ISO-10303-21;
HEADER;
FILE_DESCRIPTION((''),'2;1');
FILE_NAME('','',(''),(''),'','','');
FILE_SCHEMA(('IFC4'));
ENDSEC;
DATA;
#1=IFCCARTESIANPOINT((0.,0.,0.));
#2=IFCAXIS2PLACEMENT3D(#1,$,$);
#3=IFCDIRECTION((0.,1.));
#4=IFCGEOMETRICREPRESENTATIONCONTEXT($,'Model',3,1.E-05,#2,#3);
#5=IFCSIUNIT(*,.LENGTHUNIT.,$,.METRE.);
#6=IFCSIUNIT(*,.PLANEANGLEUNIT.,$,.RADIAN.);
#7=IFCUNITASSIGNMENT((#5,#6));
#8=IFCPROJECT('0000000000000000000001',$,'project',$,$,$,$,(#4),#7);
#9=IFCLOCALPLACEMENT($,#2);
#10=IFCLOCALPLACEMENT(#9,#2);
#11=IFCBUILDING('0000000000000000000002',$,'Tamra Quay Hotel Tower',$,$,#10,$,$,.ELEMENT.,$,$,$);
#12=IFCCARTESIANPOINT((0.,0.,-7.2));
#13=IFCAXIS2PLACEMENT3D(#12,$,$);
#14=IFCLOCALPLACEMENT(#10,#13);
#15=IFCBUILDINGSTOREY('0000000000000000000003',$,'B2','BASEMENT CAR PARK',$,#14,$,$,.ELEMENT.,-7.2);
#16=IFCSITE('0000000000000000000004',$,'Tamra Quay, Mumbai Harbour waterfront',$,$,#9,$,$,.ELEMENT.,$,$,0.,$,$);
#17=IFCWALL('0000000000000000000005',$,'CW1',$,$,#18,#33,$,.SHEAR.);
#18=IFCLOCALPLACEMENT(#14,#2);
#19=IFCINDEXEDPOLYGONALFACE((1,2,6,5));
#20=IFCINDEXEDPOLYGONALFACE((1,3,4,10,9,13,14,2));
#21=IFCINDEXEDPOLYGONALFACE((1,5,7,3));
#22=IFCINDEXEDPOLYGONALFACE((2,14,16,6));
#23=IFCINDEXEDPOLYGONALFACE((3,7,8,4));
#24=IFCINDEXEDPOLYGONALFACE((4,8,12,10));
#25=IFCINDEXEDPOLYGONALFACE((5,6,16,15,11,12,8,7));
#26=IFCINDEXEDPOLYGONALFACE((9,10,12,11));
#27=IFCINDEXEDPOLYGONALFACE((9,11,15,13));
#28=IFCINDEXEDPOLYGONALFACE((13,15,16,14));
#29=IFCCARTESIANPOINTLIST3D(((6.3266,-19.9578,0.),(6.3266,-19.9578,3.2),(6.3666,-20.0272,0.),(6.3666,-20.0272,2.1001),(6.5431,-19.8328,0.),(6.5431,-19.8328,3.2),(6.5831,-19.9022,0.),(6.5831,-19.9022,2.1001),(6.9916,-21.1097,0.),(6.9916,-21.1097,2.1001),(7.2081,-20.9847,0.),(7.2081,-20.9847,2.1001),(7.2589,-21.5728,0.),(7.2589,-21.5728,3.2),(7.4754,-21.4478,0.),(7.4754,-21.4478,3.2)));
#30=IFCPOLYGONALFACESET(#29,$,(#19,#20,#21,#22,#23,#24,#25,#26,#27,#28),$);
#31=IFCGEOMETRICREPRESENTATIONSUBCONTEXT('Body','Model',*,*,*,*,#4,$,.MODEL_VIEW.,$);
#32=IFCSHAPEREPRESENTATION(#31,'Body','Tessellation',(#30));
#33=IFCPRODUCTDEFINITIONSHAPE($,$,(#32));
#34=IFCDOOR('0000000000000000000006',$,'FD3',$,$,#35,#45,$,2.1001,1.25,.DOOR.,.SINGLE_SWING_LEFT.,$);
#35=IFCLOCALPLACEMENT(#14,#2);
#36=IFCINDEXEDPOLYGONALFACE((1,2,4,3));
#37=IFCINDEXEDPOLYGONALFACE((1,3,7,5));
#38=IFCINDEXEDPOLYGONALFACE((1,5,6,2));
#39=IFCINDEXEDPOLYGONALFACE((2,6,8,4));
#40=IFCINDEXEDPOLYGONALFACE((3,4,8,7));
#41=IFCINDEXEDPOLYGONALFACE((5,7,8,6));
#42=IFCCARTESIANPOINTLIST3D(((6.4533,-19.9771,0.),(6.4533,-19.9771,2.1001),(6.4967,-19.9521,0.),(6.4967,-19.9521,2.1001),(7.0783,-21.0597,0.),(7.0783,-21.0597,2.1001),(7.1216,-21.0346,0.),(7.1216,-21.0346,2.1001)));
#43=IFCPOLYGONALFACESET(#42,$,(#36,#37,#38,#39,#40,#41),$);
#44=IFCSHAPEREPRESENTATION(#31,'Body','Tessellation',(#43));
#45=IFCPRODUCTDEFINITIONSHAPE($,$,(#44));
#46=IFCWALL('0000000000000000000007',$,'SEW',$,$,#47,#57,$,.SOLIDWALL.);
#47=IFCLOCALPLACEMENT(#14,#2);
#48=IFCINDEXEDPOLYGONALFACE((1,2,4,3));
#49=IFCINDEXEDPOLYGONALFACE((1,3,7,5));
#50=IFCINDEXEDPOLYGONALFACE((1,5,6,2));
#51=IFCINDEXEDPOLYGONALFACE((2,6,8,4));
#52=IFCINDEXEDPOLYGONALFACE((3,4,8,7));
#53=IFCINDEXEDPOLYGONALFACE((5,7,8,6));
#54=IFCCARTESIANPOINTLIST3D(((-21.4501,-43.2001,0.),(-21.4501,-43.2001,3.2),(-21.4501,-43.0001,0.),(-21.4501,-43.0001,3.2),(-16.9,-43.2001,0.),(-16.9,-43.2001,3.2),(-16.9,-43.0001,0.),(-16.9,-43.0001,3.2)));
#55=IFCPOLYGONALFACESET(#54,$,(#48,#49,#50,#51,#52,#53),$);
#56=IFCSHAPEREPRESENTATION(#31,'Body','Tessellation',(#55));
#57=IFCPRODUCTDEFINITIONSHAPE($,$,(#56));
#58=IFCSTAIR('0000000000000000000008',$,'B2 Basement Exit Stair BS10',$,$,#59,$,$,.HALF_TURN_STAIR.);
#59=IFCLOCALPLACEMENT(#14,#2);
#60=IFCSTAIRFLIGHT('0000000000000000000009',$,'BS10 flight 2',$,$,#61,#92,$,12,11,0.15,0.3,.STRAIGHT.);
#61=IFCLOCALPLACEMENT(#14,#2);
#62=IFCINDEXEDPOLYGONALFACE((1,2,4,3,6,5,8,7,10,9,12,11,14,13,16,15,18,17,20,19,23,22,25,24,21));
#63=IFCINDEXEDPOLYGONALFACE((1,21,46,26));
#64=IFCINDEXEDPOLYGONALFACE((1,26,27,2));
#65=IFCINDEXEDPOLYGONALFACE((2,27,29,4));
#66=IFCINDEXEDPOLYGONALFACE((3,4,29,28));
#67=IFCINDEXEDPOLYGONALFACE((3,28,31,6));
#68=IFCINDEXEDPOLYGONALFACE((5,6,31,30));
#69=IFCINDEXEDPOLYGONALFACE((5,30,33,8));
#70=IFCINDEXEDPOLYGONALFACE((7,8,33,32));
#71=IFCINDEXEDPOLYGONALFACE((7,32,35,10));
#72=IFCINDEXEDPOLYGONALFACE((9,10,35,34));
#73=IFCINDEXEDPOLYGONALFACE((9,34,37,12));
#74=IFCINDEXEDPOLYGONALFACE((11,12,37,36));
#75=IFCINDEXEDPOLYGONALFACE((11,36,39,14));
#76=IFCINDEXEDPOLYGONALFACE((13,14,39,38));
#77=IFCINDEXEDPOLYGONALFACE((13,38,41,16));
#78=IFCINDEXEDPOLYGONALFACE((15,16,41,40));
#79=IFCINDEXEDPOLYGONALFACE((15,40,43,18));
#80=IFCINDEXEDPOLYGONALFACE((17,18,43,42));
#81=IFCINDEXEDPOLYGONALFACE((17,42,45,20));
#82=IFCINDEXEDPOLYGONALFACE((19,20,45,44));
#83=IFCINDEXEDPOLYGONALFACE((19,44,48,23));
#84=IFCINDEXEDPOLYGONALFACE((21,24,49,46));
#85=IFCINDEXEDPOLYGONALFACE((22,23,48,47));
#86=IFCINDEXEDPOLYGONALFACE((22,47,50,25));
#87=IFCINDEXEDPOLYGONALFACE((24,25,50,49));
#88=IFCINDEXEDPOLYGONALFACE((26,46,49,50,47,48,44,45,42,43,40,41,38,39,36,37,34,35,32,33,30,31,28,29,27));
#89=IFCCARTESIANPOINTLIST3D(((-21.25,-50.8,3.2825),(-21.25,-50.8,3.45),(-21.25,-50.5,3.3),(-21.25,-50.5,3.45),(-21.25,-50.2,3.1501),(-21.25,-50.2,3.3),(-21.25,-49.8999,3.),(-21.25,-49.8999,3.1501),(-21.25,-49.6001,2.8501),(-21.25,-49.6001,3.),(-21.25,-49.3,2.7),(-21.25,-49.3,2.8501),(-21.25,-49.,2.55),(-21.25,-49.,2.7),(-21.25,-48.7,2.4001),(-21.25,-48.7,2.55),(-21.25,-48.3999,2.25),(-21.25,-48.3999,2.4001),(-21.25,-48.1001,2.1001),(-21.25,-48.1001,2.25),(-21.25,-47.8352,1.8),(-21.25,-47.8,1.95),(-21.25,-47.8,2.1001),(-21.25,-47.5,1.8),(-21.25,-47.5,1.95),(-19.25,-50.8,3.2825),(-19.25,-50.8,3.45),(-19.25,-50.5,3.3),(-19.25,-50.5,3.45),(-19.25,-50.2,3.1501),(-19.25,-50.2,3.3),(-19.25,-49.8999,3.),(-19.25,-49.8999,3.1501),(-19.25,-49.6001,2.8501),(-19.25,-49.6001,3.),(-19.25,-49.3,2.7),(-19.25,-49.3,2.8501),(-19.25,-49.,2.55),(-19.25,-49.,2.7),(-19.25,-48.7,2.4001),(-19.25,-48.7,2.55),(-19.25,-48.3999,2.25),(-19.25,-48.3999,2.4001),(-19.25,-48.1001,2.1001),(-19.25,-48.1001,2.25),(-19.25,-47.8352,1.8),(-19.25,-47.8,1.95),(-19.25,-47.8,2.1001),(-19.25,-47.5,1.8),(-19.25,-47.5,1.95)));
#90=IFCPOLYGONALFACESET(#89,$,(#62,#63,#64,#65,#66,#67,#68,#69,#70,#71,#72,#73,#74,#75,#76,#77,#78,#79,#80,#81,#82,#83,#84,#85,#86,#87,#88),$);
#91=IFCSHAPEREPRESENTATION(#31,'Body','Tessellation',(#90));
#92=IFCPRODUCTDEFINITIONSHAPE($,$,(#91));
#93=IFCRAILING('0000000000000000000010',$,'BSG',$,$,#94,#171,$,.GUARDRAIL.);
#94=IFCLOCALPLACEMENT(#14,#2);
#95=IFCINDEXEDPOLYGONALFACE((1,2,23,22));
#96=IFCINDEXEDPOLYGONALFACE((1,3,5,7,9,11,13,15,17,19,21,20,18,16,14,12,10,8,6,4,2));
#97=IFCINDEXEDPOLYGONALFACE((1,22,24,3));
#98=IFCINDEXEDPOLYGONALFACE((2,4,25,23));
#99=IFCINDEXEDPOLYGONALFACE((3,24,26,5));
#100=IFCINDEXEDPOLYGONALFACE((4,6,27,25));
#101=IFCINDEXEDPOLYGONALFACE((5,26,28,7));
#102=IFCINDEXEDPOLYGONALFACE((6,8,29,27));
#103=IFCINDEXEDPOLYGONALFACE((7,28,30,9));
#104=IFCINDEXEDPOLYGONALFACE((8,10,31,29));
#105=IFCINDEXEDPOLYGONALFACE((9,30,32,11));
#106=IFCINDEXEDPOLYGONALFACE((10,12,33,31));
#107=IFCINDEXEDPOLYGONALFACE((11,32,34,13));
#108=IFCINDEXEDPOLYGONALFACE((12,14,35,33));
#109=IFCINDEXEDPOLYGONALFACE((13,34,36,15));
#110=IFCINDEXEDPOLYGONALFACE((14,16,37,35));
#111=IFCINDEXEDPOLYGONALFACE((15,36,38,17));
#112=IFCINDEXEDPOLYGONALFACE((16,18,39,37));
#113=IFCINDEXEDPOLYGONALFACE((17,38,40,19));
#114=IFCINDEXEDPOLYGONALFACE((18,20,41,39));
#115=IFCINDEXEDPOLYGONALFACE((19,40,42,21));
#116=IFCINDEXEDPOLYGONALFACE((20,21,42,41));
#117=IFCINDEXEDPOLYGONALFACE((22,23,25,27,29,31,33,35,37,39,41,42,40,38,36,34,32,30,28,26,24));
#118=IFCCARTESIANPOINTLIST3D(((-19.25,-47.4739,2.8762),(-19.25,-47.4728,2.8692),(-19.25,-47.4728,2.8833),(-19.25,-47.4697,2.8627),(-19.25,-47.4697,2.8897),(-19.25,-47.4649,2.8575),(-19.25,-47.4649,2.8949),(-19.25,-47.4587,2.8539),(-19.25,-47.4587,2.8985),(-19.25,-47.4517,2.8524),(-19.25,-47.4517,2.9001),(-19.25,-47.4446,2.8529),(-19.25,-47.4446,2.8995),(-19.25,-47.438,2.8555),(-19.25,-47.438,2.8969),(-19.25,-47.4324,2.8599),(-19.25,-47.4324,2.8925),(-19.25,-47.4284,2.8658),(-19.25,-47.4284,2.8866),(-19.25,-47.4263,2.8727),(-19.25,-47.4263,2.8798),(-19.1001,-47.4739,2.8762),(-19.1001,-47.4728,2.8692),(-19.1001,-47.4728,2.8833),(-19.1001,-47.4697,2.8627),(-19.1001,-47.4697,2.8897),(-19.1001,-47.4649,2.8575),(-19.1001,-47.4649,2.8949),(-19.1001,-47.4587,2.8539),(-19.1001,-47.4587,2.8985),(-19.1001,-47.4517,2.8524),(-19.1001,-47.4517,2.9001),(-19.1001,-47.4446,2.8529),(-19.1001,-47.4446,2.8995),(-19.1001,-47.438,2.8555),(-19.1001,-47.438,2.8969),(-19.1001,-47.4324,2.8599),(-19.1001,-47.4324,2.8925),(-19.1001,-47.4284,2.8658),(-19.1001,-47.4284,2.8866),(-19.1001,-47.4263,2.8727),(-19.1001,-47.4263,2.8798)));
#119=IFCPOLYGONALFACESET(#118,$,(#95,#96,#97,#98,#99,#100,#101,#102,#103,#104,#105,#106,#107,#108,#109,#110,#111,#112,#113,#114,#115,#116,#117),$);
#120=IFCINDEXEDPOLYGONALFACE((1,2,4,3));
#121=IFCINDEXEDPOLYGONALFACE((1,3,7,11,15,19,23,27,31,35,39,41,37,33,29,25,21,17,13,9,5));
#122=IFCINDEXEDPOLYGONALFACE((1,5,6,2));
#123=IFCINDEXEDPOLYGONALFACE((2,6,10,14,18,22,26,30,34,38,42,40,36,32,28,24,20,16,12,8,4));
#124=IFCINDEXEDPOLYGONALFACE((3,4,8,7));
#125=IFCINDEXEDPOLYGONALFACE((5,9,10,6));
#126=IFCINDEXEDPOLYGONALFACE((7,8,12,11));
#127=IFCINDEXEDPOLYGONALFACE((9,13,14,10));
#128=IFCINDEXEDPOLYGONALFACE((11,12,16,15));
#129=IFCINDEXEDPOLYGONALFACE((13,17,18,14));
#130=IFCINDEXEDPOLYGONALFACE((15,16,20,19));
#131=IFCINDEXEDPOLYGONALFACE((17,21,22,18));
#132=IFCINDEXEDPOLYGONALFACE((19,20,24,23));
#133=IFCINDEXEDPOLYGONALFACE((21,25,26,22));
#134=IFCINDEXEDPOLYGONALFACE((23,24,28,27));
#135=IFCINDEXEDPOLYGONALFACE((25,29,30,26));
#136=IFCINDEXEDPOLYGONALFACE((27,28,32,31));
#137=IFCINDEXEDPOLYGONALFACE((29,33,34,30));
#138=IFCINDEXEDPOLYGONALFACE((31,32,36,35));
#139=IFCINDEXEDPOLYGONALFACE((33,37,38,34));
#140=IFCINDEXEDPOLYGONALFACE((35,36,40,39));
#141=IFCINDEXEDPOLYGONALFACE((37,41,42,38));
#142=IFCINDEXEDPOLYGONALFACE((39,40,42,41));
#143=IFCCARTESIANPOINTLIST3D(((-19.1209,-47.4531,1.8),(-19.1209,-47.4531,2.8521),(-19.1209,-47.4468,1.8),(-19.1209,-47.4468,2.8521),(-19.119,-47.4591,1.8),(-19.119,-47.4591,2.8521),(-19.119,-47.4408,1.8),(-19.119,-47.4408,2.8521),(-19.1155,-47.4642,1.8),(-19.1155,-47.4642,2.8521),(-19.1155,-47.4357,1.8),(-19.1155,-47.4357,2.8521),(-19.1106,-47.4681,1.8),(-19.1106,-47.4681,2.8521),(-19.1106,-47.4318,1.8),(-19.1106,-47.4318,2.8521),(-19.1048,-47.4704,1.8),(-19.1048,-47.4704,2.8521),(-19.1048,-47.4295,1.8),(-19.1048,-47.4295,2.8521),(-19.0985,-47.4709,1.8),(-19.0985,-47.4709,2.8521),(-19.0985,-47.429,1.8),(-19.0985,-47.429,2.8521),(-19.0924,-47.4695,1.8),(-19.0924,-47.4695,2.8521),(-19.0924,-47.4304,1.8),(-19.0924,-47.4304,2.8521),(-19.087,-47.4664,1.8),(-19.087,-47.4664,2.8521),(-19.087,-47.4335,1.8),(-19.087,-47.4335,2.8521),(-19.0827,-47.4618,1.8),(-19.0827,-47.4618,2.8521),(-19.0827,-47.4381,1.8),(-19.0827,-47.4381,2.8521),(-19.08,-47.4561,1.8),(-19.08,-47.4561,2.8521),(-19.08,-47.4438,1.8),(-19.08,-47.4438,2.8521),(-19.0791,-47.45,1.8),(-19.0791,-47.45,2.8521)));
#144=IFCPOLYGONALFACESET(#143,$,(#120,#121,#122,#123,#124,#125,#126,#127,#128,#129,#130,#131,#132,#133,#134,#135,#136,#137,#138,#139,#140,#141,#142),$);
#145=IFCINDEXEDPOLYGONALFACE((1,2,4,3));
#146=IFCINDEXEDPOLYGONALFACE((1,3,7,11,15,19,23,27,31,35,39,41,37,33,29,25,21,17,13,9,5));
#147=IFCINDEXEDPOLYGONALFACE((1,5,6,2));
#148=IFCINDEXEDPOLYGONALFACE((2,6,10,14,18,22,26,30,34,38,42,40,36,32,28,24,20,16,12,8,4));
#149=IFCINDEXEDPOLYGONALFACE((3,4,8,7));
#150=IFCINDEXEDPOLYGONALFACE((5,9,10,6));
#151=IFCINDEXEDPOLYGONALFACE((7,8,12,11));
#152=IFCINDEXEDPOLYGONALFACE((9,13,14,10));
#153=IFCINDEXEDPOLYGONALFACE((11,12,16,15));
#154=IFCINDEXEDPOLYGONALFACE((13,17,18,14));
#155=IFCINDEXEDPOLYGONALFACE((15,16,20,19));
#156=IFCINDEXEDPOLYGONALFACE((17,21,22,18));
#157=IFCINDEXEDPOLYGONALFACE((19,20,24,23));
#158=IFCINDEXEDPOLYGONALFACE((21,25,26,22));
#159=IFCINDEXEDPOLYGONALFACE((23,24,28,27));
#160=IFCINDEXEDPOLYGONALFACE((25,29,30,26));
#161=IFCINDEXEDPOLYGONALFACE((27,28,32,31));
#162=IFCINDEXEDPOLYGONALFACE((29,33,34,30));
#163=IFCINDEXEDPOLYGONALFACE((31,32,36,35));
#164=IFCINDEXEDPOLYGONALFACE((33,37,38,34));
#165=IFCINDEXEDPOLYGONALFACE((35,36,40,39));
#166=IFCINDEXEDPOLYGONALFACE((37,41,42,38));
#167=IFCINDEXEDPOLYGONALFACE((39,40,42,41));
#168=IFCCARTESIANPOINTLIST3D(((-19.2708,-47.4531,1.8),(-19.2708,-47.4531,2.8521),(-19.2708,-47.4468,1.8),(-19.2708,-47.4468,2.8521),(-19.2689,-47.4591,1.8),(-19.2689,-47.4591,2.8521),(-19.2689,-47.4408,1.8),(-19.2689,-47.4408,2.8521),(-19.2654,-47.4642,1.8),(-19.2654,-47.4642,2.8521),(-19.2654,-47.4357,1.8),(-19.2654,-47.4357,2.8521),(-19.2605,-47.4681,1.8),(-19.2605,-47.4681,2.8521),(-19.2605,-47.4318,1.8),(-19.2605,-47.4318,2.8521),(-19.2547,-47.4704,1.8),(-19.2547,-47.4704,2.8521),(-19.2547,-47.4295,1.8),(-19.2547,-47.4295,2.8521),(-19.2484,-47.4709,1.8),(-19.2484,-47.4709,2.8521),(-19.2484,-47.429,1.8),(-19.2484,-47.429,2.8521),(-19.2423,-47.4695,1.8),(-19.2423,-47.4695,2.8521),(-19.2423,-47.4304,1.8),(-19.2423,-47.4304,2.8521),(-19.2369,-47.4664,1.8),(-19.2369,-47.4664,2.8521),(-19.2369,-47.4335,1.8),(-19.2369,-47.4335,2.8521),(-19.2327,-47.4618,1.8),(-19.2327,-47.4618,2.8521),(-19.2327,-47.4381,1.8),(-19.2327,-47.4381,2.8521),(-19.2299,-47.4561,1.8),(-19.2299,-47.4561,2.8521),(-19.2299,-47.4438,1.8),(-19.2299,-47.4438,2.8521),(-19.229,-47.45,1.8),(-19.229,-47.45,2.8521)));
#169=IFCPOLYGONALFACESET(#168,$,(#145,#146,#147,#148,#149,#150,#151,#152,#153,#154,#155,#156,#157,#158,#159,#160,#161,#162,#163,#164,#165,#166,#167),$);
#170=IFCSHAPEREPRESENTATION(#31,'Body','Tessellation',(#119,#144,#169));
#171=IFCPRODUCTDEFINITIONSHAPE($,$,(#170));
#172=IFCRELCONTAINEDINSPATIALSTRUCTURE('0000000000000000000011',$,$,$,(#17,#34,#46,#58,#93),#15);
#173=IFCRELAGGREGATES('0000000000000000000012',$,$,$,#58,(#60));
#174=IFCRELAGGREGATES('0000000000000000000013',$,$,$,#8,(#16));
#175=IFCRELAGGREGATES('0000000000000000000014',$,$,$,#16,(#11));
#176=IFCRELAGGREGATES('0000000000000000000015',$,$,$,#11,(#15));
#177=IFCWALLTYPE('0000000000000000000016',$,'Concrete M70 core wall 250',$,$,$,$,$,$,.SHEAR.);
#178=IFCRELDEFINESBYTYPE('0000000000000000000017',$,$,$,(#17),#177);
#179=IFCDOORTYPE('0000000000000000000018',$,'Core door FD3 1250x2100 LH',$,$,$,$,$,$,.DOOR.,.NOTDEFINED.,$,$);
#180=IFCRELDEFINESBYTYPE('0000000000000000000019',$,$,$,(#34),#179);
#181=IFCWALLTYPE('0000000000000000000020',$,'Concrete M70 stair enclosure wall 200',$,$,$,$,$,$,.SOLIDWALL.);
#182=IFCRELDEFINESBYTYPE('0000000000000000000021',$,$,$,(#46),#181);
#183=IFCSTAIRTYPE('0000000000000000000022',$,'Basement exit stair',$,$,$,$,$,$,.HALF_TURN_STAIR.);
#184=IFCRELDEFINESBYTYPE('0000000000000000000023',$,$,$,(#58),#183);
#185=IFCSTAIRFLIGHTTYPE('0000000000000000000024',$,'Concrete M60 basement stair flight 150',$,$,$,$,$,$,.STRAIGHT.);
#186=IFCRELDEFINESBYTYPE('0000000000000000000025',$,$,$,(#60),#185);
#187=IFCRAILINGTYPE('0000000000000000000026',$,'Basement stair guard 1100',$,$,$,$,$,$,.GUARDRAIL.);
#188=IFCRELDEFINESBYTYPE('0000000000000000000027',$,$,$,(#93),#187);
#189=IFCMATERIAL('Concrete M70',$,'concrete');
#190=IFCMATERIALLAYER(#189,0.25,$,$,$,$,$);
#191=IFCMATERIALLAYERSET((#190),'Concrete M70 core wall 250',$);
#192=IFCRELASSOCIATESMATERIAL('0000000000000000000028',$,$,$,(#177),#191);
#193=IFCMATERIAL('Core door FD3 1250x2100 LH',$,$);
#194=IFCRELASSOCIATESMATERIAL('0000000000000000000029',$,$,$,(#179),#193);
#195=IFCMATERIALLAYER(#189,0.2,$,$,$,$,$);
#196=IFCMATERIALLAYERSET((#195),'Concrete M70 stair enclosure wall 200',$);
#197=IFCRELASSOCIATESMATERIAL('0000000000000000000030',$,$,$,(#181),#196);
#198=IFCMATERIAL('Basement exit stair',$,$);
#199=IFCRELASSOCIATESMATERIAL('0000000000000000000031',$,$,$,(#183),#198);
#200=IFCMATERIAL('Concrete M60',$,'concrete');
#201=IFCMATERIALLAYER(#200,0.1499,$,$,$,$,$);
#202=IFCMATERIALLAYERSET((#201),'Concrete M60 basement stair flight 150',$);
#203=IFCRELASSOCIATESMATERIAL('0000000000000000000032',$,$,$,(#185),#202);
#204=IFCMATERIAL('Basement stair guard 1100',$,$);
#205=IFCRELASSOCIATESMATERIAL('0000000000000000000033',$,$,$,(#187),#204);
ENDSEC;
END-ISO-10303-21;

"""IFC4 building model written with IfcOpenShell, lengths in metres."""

from ifc_helpers import new_model, si_unit, direction, frame, frame_2d, origin, origin_2d, place, context, subcontext, project, spatial, polyline, rectangle, circle, outline, extrude, material, layer, layer_set, type_object, element, fill, aggregate, save


model = new_model("IFC4")

# Units and contexts
model_context = context("Model", 3, precision=1e-05, world=origin(), true_north=direction((0.0, 1.0)))
body_context = subcontext(model_context, "Body", "Model", "MODEL_VIEW")
ifc_project = project(units=[si_unit("LENGTHUNIT", "METRE"), si_unit("PLANEANGLEUNIT", "RADIAN")], contexts=[model_context])

# Site, building, storey
site_placement = place(None, origin())
site = spatial("IfcSite", under=ifc_project, at=site_placement, Name="Tamra Quay, Mumbai Harbour waterfront", CompositionType="ELEMENT", RefElevation=0.0)
building_placement = place(site_placement, origin())
building = spatial("IfcBuilding", under=site, at=building_placement, Name="Tamra Quay Hotel Tower", CompositionType="ELEMENT")
storey_placement = place(building_placement, frame((0.0, 0.0, -7.2)))
storey = spatial("IfcBuildingStorey", under=building, at=storey_placement, Name="B2", Description="BASEMENT CAR PARK", CompositionType="ELEMENT", Elevation=-7.2)

# Shared definitions
ifc_material_1 = material(Name="Concrete M70", Category="concrete")

# Shared definitions
ifc_layer_1 = layer(ifc_material_1, 0.25)
ifc_layer_set_1 = layer_set([ifc_layer_1], Name="Concrete M70 core wall 250")
wall_type_1 = type_object("IfcWallType", Name="Concrete M70 core wall 250", PredefinedType="SHEAR", material=ifc_layer_set_1)

# Wall, opening, door
wall_1_placement = place(storey_placement, frame((7.3672, -21.5103, 0.0), z_axis=(0.0, 0.0, 1.0), x_axis=(-0.499983, 0.866035, 0.0)))
wall_1 = element("IfcWall", 1, at=wall_1_placement, inside=storey, type_object=wall_type_1, Name="CW1", PredefinedType="SHEAR", context=body_context, shape_type="SweptSolid", body=[
    extrude(rectangle(XDim=1.8647, YDim=0.25, at=frame_2d((0.9324, 0.0))), origin(), (0.0, 0.0, 1.0), 3.2),
])
opening_1_placement = place(wall_1_placement, frame((0.5347, 0.0, 0.0)))
opening_1 = element("IfcOpeningElement", 2, at=opening_1_placement, cuts=wall_1, PredefinedType="OPENING", context=body_context, shape_type="SweptSolid", body=[
    extrude(rectangle(XDim=1.25, YDim=2.1001, at=frame_2d((0.625, 1.05))), frame((0.0, 0.135, 0.0), z_axis=(0.0, -1.0, 0.0), x_axis=(1.0, 0.0, 0.0)), (0.0, 0.0, 1.0), 0.27),
])
ifc_material_2 = material(Name="Core door FD3 1250x2100 LH")
door_type_1 = type_object("IfcDoorType", Name="Core door FD3 1250x2100 LH", OperationType="NOTDEFINED", PredefinedType="DOOR", material=ifc_material_2)
door_1_placement = place(opening_1_placement, origin())
door_1 = element("IfcDoor", 3, at=door_1_placement, inside=storey, type_object=door_type_1, Name="FD3", OperationType="SINGLE_SWING_LEFT", OverallHeight=2.1001, OverallWidth=1.25, PredefinedType="DOOR", context=body_context, shape_type="SweptSolid", body=[
    extrude(rectangle(XDim=1.25, YDim=2.1001, at=frame_2d((0.625, 1.05))), frame((0.0, 0.0249, 0.0), z_axis=(0.0, -1.0, 0.0), x_axis=(1.0, 0.0, 0.0)), (0.0, 0.0, 1.0), 0.05),
])
fill(opening_1, door_1)

# Wall
ifc_layer_2 = layer(ifc_material_1, 0.2)
ifc_layer_set_2 = layer_set([ifc_layer_2], Name="Concrete M70 stair enclosure wall 200")
wall_type_2 = type_object("IfcWallType", Name="Concrete M70 stair enclosure wall 200", PredefinedType="SOLIDWALL", material=ifc_layer_set_2)
wall_2_placement = place(storey_placement, frame((-21.45, -43.1001, 0.0), z_axis=(0.0, 0.0, 1.0), x_axis=(1.0, 0.0, 0.0)))
element("IfcWall", 4, at=wall_2_placement, inside=storey, type_object=wall_type_2, Name="SEW", PredefinedType="SOLIDWALL", context=body_context, shape_type="SweptSolid", body=[
    extrude(rectangle(XDim=4.55, YDim=0.2, at=frame_2d((2.2749, 0.0))), origin(), (0.0, 0.0, 1.0), 3.2),
])

# Stair, stair flight
ifc_material_3 = material(Name="Basement exit stair")
stair_type = type_object("IfcStairType", Name="Basement exit stair", PredefinedType="HALF_TURN_STAIR", material=ifc_material_3)
stair_placement = place(storey_placement, origin())
stair = element("IfcStair", 5, at=stair_placement, inside=storey, type_object=stair_type, Name="B2 Basement Exit Stair BS10", PredefinedType="HALF_TURN_STAIR")
ifc_material_4 = material(Name="Concrete M60", Category="concrete")
ifc_layer_3 = layer(ifc_material_4, 0.1499)
ifc_layer_set_3 = layer_set([ifc_layer_3], Name="Concrete M60 basement stair flight 150")
stair_flight_type = type_object("IfcStairFlightType", Name="Concrete M60 basement stair flight 150", PredefinedType="STRAIGHT", material=ifc_layer_set_3)
stair_flight_placement = place(storey_placement, frame((-20.25, -47.5, 1.8), z_axis=(0.0, 0.0, 1.0), x_axis=(0.0, -1.0, 0.0)))
stair_flight = element("IfcStairFlight", 6, at=stair_flight_placement, type_object=stair_flight_type, Name="BS10 flight 2", NumberOfRisers=12, NumberOfTreads=11, PredefinedType="STRAIGHT", RiserHeight=0.15, TreadLength=0.3, context=body_context, shape_type="SweptSolid", body=[
    extrude(outline(polyline([(0.0, 0.0), (0.0, 0.1499), (0.3, 0.1499), (0.3, 0.3), (0.6001, 0.3), (0.6001, 0.45), (0.8999, 0.45), (0.8999, 0.6001), (1.2, 0.6001), (1.2, 0.75), (1.5, 0.75), (1.5, 0.8999), (1.8, 0.8999), (1.8, 1.05), (2.1001, 1.05), (2.1001, 1.2), (2.3999, 1.2), (2.3999, 1.3501), (2.7, 1.3501), (2.7, 1.5), (3.0, 1.5), (3.0, 1.6499), (3.3, 1.6499), (3.3, 1.8), (3.3, 1.4824), (0.3352, 0.0), (0.0, 0.0)])), frame((0.0, 1.0, 0.0), z_axis=(0.0, -1.0, 0.0), x_axis=(1.0, 0.0, 0.0)), (0.0, 0.0, 1.0), 2.0),
])
aggregate(stair, [stair_flight])

# Railing
ifc_material_5 = material(Name="Basement stair guard 1100")
railing_type = type_object("IfcRailingType", Name="Basement stair guard 1100", PredefinedType="GUARDRAIL", material=ifc_material_5)
railing_1_placement = place(storey_placement, frame((-19.1001, -47.45, 1.8)))
element("IfcRailing", 7, at=railing_1_placement, inside=storey, type_object=railing_type, Name="BSG", PredefinedType="GUARDRAIL", context=body_context, shape_type="SweptSolid", body=[
    extrude(circle(Radius=0.0239, at=origin_2d()), frame((0.0, 0.0, 1.0762), z_axis=(-1.0, 0.0, 0.0), x_axis=(0.0, -1.0, 0.0)), (0.0, 0.0, 1.0), 0.1499),
    extrude(circle(Radius=0.021, at=origin_2d()), origin(), (0.0, 0.0, 1.0), 1.052),
    extrude(circle(Radius=0.021, at=origin_2d()), frame((-0.1499, 0.0, 0.0)), (0.0, 0.0, 1.0), 1.052),
])

save(model, "model.ifc")
